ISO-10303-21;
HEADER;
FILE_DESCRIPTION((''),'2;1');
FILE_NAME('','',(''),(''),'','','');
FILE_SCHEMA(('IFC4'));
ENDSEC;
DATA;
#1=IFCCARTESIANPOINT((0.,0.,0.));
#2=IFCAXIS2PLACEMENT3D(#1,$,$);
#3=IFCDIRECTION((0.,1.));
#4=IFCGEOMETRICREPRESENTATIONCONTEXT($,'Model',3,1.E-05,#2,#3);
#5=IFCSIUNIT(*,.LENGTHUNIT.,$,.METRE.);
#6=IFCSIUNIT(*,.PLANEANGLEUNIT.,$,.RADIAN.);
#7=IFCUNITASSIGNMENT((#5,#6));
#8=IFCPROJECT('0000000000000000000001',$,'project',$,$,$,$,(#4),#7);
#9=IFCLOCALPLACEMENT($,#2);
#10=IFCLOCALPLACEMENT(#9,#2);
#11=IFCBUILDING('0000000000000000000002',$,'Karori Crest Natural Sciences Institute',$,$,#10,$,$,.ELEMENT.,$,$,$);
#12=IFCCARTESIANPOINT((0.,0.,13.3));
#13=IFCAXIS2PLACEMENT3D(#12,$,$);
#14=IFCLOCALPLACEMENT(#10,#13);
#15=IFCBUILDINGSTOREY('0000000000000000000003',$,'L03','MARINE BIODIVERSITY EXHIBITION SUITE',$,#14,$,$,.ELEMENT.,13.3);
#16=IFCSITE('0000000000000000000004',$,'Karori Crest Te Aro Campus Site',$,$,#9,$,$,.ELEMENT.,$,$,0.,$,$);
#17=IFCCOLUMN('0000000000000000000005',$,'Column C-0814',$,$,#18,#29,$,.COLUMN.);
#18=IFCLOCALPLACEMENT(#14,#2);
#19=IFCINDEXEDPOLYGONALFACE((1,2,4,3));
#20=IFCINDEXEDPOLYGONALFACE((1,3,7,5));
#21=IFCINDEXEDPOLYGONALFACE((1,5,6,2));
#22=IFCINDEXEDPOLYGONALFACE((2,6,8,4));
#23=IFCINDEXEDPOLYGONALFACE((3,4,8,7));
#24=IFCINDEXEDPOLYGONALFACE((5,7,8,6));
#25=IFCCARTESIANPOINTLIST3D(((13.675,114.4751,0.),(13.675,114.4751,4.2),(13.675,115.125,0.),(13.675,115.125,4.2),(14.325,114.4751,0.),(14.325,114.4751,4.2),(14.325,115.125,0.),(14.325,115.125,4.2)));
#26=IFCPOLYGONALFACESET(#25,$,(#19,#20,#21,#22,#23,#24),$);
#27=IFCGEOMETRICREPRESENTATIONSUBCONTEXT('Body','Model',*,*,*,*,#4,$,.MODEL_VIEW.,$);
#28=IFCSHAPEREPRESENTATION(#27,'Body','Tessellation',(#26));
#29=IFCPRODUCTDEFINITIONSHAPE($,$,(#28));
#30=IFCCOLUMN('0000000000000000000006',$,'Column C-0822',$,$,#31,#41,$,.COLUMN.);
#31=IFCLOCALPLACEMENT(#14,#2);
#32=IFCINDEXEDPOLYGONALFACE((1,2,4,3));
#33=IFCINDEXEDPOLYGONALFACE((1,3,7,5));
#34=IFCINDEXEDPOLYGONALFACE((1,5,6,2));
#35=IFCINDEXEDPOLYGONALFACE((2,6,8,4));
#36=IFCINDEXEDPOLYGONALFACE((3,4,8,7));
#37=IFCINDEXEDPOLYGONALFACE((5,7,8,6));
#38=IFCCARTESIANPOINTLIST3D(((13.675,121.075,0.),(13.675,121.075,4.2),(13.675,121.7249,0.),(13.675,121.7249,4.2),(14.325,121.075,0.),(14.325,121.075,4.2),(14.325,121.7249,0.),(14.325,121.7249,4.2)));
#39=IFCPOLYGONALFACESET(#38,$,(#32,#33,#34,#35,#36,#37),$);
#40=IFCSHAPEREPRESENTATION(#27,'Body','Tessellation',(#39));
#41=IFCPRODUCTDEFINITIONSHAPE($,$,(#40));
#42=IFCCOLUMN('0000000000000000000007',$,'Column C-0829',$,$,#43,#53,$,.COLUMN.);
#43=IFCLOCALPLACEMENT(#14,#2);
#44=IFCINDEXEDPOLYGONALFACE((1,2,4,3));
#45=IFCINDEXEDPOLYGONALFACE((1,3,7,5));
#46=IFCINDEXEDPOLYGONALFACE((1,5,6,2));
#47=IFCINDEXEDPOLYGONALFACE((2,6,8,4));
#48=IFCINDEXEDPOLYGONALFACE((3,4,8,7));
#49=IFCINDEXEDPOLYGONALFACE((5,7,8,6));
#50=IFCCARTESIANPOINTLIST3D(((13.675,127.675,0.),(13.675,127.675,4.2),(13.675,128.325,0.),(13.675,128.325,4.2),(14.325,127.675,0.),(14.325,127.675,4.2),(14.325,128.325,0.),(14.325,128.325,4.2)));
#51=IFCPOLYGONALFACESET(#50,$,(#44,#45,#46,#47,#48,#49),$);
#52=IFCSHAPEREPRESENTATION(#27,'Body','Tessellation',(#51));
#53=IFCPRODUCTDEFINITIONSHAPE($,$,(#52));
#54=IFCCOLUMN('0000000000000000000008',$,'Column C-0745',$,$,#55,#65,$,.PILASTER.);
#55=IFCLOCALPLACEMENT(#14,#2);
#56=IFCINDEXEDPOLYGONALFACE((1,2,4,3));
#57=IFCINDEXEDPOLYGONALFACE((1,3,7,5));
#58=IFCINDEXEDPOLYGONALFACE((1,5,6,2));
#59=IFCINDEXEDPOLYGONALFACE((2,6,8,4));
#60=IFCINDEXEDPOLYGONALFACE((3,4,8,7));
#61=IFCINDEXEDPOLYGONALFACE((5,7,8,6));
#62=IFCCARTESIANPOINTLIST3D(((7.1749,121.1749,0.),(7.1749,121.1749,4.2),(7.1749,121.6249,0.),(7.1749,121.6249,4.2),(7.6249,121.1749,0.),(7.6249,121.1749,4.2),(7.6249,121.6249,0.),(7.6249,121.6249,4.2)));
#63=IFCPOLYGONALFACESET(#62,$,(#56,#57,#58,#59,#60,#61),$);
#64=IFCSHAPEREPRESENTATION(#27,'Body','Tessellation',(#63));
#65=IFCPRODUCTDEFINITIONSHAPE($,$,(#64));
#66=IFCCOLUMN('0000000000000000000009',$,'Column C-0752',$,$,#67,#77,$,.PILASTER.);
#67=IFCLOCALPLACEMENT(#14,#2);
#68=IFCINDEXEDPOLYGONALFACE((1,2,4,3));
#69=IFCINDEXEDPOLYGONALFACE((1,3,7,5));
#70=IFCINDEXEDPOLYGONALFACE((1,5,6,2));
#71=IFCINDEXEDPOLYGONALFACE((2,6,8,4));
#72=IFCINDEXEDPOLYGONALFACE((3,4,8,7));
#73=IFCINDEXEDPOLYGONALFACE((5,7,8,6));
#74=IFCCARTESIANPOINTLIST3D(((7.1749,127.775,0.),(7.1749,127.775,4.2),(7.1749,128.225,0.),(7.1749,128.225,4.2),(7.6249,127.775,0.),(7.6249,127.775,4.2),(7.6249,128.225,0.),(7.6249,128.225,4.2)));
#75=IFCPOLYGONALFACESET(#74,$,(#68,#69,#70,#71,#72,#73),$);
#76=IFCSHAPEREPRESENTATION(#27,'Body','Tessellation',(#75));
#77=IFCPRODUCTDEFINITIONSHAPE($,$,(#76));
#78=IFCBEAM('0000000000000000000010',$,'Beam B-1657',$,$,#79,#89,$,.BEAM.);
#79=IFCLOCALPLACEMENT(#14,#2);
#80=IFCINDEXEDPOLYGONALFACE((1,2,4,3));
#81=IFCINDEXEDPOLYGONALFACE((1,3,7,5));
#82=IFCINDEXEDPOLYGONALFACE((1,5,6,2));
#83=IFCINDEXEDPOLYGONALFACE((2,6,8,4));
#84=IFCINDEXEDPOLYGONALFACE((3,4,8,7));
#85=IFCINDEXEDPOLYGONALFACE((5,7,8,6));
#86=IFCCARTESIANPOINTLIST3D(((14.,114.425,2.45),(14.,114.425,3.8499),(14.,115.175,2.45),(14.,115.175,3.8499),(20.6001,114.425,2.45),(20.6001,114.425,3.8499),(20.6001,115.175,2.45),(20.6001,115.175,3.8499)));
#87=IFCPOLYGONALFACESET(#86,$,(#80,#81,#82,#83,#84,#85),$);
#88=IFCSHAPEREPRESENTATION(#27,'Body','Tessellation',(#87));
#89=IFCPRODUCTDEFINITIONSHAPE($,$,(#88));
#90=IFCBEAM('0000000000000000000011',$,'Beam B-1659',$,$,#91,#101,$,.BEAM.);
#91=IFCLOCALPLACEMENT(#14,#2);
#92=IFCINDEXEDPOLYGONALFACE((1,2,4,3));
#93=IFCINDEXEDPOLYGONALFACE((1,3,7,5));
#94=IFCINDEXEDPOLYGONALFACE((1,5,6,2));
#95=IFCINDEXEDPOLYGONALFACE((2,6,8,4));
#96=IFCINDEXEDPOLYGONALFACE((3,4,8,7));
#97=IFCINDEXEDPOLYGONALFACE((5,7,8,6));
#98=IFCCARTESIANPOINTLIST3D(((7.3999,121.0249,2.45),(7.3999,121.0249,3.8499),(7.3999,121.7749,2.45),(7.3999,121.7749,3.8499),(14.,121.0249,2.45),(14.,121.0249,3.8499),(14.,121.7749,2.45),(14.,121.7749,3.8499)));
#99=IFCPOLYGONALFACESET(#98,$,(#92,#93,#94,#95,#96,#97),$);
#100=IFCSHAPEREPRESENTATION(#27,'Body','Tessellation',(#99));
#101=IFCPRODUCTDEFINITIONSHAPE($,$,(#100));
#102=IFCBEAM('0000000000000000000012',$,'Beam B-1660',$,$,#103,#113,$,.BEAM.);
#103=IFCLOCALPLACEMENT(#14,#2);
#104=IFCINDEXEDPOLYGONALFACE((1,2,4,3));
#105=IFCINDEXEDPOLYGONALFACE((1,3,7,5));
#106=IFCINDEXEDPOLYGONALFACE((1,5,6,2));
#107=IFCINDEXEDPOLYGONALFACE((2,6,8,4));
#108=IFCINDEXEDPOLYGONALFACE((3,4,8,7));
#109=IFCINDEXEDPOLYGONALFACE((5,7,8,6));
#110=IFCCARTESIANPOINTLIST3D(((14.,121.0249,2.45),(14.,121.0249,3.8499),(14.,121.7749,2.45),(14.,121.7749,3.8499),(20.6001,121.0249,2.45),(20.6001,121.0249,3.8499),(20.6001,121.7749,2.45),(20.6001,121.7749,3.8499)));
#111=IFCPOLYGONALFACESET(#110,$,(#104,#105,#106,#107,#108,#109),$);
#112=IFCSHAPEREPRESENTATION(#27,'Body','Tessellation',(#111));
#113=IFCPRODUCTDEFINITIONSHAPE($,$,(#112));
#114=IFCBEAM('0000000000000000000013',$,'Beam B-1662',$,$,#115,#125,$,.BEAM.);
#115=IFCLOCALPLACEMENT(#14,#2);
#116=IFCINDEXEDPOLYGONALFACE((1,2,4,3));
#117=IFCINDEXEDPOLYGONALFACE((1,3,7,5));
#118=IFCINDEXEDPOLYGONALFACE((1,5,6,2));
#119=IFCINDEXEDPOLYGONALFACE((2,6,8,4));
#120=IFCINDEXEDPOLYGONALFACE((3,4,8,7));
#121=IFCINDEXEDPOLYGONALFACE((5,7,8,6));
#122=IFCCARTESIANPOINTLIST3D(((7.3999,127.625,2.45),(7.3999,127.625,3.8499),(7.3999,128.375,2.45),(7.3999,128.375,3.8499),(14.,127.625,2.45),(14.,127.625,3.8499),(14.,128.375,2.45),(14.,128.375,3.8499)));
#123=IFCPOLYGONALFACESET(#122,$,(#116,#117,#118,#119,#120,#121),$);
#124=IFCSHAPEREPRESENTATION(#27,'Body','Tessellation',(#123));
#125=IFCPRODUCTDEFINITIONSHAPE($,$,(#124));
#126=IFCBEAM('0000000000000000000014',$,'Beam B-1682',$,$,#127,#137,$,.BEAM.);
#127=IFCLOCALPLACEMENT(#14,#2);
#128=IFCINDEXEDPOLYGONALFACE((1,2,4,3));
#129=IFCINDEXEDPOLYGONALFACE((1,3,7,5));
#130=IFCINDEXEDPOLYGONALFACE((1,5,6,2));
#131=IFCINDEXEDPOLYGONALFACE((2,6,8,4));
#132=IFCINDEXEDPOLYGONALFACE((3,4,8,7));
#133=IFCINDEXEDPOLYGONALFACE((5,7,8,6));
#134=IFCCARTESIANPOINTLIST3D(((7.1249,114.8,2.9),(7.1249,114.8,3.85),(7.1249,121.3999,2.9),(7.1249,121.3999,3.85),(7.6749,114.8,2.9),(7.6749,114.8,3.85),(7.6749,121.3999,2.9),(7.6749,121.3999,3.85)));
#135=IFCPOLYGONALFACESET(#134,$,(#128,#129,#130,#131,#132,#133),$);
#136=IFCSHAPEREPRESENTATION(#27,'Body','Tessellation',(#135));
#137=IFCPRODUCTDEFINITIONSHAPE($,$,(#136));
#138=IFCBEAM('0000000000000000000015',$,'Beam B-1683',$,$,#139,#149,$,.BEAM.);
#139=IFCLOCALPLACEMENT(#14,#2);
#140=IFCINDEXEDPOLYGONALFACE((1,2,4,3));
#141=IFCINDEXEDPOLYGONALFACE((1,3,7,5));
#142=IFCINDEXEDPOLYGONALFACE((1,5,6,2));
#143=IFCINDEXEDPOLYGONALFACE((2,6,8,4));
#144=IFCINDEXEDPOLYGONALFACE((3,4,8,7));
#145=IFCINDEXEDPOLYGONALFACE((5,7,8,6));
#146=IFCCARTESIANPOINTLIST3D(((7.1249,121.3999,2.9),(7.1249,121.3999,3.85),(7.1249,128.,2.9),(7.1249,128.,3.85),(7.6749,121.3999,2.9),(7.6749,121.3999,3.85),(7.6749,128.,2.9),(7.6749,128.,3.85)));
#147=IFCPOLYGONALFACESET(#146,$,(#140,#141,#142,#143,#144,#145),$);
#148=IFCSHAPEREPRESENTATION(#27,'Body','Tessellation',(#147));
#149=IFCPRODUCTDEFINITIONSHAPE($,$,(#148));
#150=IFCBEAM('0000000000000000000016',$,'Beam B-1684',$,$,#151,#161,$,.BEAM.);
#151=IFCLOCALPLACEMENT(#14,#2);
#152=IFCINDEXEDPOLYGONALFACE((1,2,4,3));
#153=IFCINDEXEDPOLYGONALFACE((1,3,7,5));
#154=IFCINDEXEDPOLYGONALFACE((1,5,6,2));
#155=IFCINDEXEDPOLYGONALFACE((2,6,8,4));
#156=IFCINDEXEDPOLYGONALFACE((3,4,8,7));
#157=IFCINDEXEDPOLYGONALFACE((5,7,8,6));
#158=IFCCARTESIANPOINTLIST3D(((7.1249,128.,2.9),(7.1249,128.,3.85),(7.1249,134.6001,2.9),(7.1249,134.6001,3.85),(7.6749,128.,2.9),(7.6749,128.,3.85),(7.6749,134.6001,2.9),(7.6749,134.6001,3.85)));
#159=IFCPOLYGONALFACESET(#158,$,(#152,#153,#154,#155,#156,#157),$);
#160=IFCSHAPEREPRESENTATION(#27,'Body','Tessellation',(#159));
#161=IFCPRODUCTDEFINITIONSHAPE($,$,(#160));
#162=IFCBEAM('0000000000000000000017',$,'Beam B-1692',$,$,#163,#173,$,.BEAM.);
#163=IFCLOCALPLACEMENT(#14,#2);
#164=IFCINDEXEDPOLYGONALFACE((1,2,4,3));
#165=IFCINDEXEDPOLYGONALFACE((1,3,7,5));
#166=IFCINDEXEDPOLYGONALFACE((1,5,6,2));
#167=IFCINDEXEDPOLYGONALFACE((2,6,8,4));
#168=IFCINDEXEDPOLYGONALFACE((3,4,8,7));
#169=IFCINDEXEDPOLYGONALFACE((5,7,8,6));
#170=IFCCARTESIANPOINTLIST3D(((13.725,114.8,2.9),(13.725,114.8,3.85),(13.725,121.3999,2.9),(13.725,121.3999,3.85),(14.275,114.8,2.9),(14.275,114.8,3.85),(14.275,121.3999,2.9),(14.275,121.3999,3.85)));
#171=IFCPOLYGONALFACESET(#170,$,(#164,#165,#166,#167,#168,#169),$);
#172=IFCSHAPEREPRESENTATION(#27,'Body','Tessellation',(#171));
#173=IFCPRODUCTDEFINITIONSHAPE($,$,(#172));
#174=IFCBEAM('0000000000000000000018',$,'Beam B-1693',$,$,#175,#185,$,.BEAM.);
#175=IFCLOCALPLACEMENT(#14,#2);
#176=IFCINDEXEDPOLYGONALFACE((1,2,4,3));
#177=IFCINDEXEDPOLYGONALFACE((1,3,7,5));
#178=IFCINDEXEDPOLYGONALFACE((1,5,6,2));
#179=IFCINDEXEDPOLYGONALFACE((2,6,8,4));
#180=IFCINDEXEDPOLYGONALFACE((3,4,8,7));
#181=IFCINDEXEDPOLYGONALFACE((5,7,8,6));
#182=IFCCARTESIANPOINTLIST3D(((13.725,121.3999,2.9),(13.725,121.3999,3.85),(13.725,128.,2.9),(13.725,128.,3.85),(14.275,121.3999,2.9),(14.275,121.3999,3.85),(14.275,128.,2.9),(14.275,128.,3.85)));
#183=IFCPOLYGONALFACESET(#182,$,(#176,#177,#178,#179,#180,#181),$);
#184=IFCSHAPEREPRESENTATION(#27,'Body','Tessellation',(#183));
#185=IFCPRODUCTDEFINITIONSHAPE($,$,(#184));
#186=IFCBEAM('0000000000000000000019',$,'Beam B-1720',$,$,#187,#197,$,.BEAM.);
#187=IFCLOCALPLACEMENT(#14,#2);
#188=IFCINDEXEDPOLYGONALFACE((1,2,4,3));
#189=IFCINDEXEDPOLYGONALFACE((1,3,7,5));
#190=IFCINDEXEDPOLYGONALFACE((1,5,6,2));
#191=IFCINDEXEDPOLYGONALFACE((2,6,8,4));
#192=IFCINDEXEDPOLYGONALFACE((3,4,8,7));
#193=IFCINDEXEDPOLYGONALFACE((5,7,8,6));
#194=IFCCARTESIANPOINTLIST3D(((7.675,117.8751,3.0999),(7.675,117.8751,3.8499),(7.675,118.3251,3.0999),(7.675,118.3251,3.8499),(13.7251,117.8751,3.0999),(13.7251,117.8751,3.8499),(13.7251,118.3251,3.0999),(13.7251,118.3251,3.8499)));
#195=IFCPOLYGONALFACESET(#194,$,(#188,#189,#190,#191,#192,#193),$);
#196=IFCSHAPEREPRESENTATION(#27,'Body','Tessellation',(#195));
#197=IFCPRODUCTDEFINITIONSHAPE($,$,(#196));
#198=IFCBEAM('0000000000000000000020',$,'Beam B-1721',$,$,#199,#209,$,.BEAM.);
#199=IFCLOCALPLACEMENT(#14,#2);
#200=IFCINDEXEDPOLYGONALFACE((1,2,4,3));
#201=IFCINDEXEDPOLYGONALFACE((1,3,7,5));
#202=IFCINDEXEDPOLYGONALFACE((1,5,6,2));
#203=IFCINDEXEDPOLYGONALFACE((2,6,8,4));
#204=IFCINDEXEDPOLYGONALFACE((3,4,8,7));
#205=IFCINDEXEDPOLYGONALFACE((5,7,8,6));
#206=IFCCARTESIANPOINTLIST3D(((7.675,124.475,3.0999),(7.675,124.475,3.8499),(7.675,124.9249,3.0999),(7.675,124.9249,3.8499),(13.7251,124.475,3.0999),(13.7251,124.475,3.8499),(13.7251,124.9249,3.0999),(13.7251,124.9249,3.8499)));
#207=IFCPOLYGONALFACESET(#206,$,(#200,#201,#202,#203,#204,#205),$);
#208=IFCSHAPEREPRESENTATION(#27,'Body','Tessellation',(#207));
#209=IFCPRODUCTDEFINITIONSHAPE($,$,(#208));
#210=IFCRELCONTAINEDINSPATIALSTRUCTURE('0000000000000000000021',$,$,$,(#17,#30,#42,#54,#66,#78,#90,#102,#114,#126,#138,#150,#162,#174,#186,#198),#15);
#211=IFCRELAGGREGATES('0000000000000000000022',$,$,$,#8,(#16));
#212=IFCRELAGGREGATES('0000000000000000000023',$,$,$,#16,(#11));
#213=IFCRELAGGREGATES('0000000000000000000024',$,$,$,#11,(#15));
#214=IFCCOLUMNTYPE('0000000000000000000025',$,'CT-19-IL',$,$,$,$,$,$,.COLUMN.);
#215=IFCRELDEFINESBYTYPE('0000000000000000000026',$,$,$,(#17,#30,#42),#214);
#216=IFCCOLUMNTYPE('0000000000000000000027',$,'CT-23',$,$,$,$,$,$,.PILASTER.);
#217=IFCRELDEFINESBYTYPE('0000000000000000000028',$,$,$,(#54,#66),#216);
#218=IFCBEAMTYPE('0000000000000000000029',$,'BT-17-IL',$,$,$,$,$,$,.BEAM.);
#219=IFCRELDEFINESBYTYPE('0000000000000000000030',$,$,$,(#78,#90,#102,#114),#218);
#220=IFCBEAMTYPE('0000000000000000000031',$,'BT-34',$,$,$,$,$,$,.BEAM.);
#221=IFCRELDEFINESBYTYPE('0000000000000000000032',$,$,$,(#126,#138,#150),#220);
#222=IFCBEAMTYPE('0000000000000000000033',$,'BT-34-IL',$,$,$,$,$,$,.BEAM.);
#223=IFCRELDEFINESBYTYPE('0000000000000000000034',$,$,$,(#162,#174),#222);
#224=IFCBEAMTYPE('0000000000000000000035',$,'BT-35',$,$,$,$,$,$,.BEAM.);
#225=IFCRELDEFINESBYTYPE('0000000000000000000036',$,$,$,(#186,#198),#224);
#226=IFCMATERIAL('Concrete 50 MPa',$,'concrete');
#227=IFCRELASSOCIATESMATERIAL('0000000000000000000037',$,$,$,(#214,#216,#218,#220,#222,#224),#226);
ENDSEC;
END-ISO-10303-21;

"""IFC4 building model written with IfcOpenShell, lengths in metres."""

from ifc_helpers import new_model, si_unit, direction, frame, origin, origin_2d, place, context, subcontext, project, spatial, rectangle, extrude, material, material_profile, profile_set, type_object, element, save


model = new_model("IFC4")

# Units and contexts
model_context = context("Model", 3, precision=1e-05, world=origin(), true_north=direction((0.0, 1.0)))
body_context = subcontext(model_context, "Body", "Model", "MODEL_VIEW")
ifc_project = project(units=[si_unit("LENGTHUNIT", "METRE"), si_unit("PLANEANGLEUNIT", "RADIAN")], contexts=[model_context])

# Site, building, storey
site_placement = place(None, origin())
site = spatial("IfcSite", under=ifc_project, at=site_placement, Name="Karori Crest Te Aro Campus Site", CompositionType="ELEMENT", RefElevation=0.0)
building_placement = place(site_placement, origin())
building = spatial("IfcBuilding", under=site, at=building_placement, Name="Karori Crest Natural Sciences Institute", CompositionType="ELEMENT")
storey_placement = place(building_placement, frame((0.0, 0.0, 13.3)))
storey = spatial("IfcBuildingStorey", under=building, at=storey_placement, Name="L03", Description="MARINE BIODIVERSITY EXHIBITION SUITE", CompositionType="ELEMENT", Elevation=13.3)

# Columns
ifc_material_1 = material(Name="Concrete 50 MPa", Category="concrete")
ifc_material_profile_1 = material_profile(ifc_material_1, rectangle(XDim=0.6499, YDim=0.6499, at=origin_2d()), Name="RC650x650")
ifc_profile_set_1 = profile_set([ifc_material_profile_1], Name="Concrete 50 MPa")
column_type_1 = type_object("IfcColumnType", Name="CT-19-IL", PredefinedType="COLUMN", material=ifc_profile_set_1)
for number, where, z_axis, x_axis, name in (
    (1, (14.0, 114.8, 0.0), (0.0, 0.0, 1.0), (1.0, 0.0, 0.0), "Column C-0814"),
    (2, (14.0, 121.3999, 0.0), (0.0, 0.0, 1.0), (1.0, 0.0, 0.0), "Column C-0822"),
    (3, (14.0, 128.0, 0.0), (0.0, 0.0, 1.0), (1.0, 0.0, 0.0), "Column C-0829"),
):
    element("IfcColumn", number, at=place(storey_placement, frame(where, z_axis=z_axis, x_axis=x_axis)), inside=storey, type_object=column_type_1, Name=name, PredefinedType="COLUMN", context=body_context, shape_type="SweptSolid", body=[
        extrude(rectangle(XDim=0.6499, YDim=0.6499, at=origin_2d()), origin(), (0.0, 0.0, 1.0), 4.2),
    ])
ifc_material_profile_2 = material_profile(ifc_material_1, rectangle(XDim=0.45, YDim=0.45, at=origin_2d()), Name="RC450x450")
ifc_profile_set_2 = profile_set([ifc_material_profile_2], Name="Concrete 50 MPa")
column_type_2 = type_object("IfcColumnType", Name="CT-23", PredefinedType="PILASTER", material=ifc_profile_set_2)
for number, where, z_axis, x_axis, name in (
    (4, (7.3999, 121.3999, 0.0), (0.0, 0.0, 1.0), (1.0, 0.0, 0.0), "Column C-0745"),
    (5, (7.3999, 128.0, 0.0), (0.0, 0.0, 1.0), (1.0, 0.0, 0.0), "Column C-0752"),
):
    element("IfcColumn", number, at=place(storey_placement, frame(where, z_axis=z_axis, x_axis=x_axis)), inside=storey, type_object=column_type_2, Name=name, PredefinedType="PILASTER", context=body_context, shape_type="SweptSolid", body=[
        extrude(rectangle(XDim=0.45, YDim=0.45, at=origin_2d()), origin(), (0.0, 0.0, 1.0), 4.2),
    ])

# Beams
ifc_material_profile_3 = material_profile(ifc_material_1, rectangle(XDim=0.75, YDim=1.3999, at=origin_2d()), Name="RCB750x1400")
ifc_profile_set_3 = profile_set([ifc_material_profile_3], Name="Concrete 50 MPa")
beam_type_1 = type_object("IfcBeamType", Name="BT-17-IL", PredefinedType="BEAM", material=ifc_profile_set_3)
for number, where, z_axis, x_axis, name in (
    (6, (14.0, 114.8, 3.1499), (1.0, 0.0, 0.0), (0.0, 1.0, 0.0), "Beam B-1657"),
    (7, (7.3999, 121.3999, 3.1499), (1.0, 0.0, 0.0), (0.0, 1.0, 0.0), "Beam B-1659"),
    (8, (14.0, 121.3999, 3.1499), (1.0, 0.0, 0.0), (0.0, 1.0, 0.0), "Beam B-1660"),
    (9, (7.3999, 128.0, 3.1499), (1.0, 0.0, 0.0), (0.0, 1.0, 0.0), "Beam B-1662"),
):
    element("IfcBeam", number, at=place(storey_placement, frame(where, z_axis=z_axis, x_axis=x_axis)), inside=storey, type_object=beam_type_1, Name=name, PredefinedType="BEAM", context=body_context, shape_type="SweptSolid", body=[
        extrude(rectangle(XDim=0.75, YDim=1.3999, at=origin_2d()), origin(), (0.0, 0.0, 1.0), 6.6001),
    ])
ifc_material_profile_4 = material_profile(ifc_material_1, rectangle(XDim=0.55, YDim=0.95, at=origin_2d()), Name="RCB550x950")
ifc_profile_set_4 = profile_set([ifc_material_profile_4], Name="Concrete 50 MPa")
beam_type_2 = type_object("IfcBeamType", Name="BT-34", PredefinedType="BEAM", material=ifc_profile_set_4)
beam_1_placement = place(storey_placement, frame((7.3999, 114.8, 3.375), z_axis=(0.0, 1.0, 0.0), x_axis=(-1.0, 0.0, 0.0)))
element("IfcBeam", 10, at=beam_1_placement, inside=storey, type_object=beam_type_2, Name="Beam B-1682", PredefinedType="BEAM", context=body_context, shape_type="SweptSolid", body=[
    extrude(rectangle(XDim=0.55, YDim=0.95, at=origin_2d()), origin(), (0.0, 0.0, 1.0), 6.5999),
])
for number, where, z_axis, x_axis, name in (
    (11, (7.3999, 121.3999, 3.375), (0.0, 1.0, 0.0), (-1.0, 0.0, 0.0), "Beam B-1683"),
    (12, (7.3999, 128.0, 3.375), (0.0, 1.0, 0.0), (-1.0, 0.0, 0.0), "Beam B-1684"),
):
    element("IfcBeam", number, at=place(storey_placement, frame(where, z_axis=z_axis, x_axis=x_axis)), inside=storey, type_object=beam_type_2, Name=name, PredefinedType="BEAM", context=body_context, shape_type="SweptSolid", body=[
        extrude(rectangle(XDim=0.55, YDim=0.95, at=origin_2d()), origin(), (0.0, 0.0, 1.0), 6.6001),
    ])
ifc_material_profile_5 = material_profile(ifc_material_1, rectangle(XDim=0.55, YDim=0.95, at=origin_2d()), Name="RCB550x950")
ifc_profile_set_5 = profile_set([ifc_material_profile_5], Name="Concrete 50 MPa")
beam_type_3 = type_object("IfcBeamType", Name="BT-34-IL", PredefinedType="BEAM", material=ifc_profile_set_5)
beam_2_placement = place(storey_placement, frame((14.0, 114.8, 3.375), z_axis=(0.0, 1.0, 0.0), x_axis=(-1.0, 0.0, 0.0)))
element("IfcBeam", 13, at=beam_2_placement, inside=storey, type_object=beam_type_3, Name="Beam B-1692", PredefinedType="BEAM", context=body_context, shape_type="SweptSolid", body=[
    extrude(rectangle(XDim=0.55, YDim=0.95, at=origin_2d()), origin(), (0.0, 0.0, 1.0), 6.5999),
])
beam_3_placement = place(storey_placement, frame((14.0, 121.3999, 3.375), z_axis=(0.0, 1.0, 0.0), x_axis=(-1.0, 0.0, 0.0)))
element("IfcBeam", 14, at=beam_3_placement, inside=storey, type_object=beam_type_3, Name="Beam B-1693", PredefinedType="BEAM", context=body_context, shape_type="SweptSolid", body=[
    extrude(rectangle(XDim=0.55, YDim=0.95, at=origin_2d()), origin(), (0.0, 0.0, 1.0), 6.6001),
])
ifc_material_profile_6 = material_profile(ifc_material_1, rectangle(XDim=0.45, YDim=0.75, at=origin_2d()), Name="RCB450x750")
ifc_profile_set_6 = profile_set([ifc_material_profile_6], Name="Concrete 50 MPa")
beam_type_4 = type_object("IfcBeamType", Name="BT-35", PredefinedType="BEAM", material=ifc_profile_set_6)
for number, where, z_axis, x_axis, name in (
    (15, (7.675, 118.1001, 3.4749), (1.0, 0.0, 0.0), (0.0, 1.0, 0.0), "Beam B-1720"),
    (16, (7.675, 124.7, 3.4749), (1.0, 0.0, 0.0), (0.0, 1.0, 0.0), "Beam B-1721"),
):
    element("IfcBeam", number, at=place(storey_placement, frame(where, z_axis=z_axis, x_axis=x_axis)), inside=storey, type_object=beam_type_4, Name=name, PredefinedType="BEAM", context=body_context, shape_type="SweptSolid", body=[
        extrude(rectangle(XDim=0.45, YDim=0.75, at=origin_2d()), origin(), (0.0, 0.0, 1.0), 6.05),
    ])

save(model, "model.ifc")
